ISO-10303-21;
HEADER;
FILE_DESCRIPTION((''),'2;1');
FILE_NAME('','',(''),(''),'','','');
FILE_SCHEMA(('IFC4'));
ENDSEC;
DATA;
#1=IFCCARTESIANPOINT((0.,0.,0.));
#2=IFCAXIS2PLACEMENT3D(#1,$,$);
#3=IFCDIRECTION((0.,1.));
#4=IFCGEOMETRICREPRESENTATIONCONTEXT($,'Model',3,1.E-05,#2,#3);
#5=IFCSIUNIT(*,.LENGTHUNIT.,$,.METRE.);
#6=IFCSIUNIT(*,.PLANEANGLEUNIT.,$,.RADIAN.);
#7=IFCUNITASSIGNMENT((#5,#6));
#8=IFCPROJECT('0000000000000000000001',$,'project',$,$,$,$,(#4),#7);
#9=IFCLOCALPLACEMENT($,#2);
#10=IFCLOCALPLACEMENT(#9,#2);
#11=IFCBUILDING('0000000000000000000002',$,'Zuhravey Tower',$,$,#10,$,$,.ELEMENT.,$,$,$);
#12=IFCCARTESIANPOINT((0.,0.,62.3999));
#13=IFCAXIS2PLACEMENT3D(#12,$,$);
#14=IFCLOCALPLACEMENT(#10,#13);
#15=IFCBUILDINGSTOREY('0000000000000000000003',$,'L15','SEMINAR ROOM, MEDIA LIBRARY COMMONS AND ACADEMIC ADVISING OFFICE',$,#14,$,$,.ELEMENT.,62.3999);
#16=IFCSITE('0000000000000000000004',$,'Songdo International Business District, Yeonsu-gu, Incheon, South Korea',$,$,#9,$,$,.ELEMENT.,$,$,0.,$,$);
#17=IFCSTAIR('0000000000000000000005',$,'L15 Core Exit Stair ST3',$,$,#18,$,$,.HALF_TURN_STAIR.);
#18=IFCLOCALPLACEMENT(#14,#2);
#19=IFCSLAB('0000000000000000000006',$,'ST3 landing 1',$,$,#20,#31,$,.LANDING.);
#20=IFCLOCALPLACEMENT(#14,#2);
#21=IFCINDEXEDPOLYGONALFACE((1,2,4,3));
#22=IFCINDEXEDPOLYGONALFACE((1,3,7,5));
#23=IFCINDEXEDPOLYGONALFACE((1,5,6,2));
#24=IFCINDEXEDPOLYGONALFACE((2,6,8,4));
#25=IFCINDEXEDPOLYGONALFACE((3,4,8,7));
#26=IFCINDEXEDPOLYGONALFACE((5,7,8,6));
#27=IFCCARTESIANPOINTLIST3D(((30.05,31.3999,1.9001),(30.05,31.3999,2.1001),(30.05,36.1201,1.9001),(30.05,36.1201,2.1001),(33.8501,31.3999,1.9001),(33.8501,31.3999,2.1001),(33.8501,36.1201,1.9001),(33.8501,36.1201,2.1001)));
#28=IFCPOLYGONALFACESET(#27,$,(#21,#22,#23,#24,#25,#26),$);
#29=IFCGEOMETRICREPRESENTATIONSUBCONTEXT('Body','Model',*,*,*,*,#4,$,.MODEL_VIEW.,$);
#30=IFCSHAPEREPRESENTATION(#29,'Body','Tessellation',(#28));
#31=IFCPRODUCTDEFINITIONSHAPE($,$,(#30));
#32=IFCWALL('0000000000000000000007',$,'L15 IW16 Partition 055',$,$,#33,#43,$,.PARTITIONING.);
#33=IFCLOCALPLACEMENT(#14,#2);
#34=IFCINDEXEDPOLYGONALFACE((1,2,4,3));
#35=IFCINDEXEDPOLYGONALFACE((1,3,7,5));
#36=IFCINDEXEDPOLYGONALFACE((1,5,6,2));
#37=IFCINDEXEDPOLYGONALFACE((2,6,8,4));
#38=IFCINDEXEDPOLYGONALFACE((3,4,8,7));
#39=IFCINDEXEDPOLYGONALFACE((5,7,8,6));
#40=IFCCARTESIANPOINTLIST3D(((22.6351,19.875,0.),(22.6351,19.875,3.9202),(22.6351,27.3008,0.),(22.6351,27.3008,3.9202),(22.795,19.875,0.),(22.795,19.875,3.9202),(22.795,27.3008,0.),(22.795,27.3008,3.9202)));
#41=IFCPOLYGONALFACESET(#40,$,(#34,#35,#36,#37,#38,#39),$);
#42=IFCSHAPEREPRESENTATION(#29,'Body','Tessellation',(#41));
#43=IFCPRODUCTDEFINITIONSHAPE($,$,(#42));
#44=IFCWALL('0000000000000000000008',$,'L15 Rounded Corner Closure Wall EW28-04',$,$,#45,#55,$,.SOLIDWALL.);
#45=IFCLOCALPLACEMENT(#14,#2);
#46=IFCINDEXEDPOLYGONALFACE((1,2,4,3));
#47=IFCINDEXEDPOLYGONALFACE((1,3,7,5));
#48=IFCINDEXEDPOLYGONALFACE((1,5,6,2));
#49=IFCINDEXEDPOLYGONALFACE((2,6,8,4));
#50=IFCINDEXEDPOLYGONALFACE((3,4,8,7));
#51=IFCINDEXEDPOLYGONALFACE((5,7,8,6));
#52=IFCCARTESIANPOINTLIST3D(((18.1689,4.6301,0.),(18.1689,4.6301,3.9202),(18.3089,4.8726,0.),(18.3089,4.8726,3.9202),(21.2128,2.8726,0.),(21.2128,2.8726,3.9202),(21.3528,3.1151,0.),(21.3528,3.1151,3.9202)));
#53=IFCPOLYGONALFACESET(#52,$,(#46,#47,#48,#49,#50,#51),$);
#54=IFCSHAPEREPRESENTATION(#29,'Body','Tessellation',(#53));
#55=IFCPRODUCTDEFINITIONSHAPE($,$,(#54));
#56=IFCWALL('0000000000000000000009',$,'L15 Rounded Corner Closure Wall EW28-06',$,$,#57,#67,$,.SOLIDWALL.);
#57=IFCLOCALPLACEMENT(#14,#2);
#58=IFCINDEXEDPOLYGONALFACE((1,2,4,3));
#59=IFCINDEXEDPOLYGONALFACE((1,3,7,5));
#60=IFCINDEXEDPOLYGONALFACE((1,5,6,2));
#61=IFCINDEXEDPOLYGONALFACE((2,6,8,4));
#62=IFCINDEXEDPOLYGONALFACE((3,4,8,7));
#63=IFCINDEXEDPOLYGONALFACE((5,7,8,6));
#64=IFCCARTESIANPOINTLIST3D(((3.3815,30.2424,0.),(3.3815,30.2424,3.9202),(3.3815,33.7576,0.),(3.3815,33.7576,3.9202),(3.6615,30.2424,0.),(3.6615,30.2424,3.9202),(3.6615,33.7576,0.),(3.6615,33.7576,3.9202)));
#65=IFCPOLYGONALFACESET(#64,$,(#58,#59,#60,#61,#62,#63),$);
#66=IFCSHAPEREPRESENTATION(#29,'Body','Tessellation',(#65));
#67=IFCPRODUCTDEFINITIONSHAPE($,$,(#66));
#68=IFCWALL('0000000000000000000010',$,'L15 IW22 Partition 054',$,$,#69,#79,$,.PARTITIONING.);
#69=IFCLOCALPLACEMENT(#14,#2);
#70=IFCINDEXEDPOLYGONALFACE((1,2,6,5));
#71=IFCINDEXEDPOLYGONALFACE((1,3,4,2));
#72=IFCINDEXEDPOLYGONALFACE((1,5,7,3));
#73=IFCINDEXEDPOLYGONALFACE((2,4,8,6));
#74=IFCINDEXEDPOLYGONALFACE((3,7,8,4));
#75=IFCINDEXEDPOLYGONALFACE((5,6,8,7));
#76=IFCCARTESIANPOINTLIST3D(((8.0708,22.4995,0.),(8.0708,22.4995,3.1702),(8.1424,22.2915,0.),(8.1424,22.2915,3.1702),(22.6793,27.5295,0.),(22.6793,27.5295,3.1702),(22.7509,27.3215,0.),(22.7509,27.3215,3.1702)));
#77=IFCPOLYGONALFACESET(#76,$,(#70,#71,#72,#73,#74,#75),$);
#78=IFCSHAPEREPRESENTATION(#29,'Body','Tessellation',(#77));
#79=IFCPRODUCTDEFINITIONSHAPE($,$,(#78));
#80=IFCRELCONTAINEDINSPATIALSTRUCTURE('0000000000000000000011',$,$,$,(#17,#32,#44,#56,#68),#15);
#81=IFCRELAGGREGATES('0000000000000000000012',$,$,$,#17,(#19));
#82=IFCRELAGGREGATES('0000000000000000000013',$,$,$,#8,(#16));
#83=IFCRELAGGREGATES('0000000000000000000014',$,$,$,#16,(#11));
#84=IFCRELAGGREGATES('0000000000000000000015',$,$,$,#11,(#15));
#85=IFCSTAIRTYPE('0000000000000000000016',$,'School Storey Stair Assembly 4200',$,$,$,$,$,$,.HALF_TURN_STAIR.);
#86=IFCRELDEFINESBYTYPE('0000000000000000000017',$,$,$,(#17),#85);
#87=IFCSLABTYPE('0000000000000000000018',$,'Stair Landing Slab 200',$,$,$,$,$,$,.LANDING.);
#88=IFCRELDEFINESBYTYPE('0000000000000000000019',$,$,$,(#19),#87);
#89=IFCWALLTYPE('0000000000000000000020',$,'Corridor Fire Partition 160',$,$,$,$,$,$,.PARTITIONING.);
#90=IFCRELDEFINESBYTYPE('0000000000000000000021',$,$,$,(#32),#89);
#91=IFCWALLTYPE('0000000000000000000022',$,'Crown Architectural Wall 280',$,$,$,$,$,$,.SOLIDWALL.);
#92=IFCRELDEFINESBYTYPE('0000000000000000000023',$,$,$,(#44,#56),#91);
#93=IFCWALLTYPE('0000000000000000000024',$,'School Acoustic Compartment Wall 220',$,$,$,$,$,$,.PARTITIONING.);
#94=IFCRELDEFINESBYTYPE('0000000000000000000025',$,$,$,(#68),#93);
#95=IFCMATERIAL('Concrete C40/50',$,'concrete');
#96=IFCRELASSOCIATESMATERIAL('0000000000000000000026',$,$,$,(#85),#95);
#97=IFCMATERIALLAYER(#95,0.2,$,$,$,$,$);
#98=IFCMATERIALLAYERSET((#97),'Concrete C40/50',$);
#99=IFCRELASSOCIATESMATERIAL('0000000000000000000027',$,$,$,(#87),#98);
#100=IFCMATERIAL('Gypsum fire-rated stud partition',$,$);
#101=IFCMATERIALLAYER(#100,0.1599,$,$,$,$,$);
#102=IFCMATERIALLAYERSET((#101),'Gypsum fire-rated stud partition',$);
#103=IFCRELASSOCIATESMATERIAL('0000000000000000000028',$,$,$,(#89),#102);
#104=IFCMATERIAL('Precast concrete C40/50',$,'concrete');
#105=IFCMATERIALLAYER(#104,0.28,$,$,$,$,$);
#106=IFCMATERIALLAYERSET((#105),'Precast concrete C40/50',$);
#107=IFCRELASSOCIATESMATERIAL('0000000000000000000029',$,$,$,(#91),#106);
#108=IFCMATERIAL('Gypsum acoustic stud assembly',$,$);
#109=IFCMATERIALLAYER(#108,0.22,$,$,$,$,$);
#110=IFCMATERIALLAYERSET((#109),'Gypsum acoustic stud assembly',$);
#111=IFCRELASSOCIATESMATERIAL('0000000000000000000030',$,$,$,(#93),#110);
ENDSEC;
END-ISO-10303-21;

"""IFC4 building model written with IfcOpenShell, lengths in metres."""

from ifc_helpers import new_model, si_unit, direction, frame, frame_2d, origin, place, context, subcontext, project, spatial, polyline, rectangle, outline, extrude, material, layer, layer_set, type_object, element, aggregate, save


model = new_model("IFC4")

# Units and contexts
model_context = context("Model", 3, precision=1e-05, world=origin(), true_north=direction((0.0, 1.0)))
body_context = subcontext(model_context, "Body", "Model", "MODEL_VIEW")
ifc_project = project(units=[si_unit("LENGTHUNIT", "METRE"), si_unit("PLANEANGLEUNIT", "RADIAN")], contexts=[model_context])

# Site, building, storey
site_placement = place(None, origin())
site = spatial("IfcSite", under=ifc_project, at=site_placement, Name="Songdo International Business District, Yeonsu-gu, Incheon, South Korea", CompositionType="ELEMENT", RefElevation=0.0)
building_placement = place(site_placement, origin())
building = spatial("IfcBuilding", under=site, at=building_placement, Name="Zuhravey Tower", CompositionType="ELEMENT")
storey_placement = place(building_placement, frame((0.0, 0.0, 62.3999)))
storey = spatial("IfcBuildingStorey", under=building, at=storey_placement, Name="L15", Description="SEMINAR ROOM, MEDIA LIBRARY COMMONS AND ACADEMIC ADVISING OFFICE", CompositionType="ELEMENT", Elevation=62.3999)

# Stair, slab
ifc_material_1 = material(Name="Concrete C40/50", Category="concrete")
stair_type = type_object("IfcStairType", Name="School Storey Stair Assembly 4200", PredefinedType="HALF_TURN_STAIR", material=ifc_material_1)
ifc_layer_1 = layer(ifc_material_1, 0.2)
ifc_layer_set_1 = layer_set([ifc_layer_1], Name="Concrete C40/50")
slab_type_1 = type_object("IfcSlabType", Name="Stair Landing Slab 200", PredefinedType="LANDING", material=ifc_layer_set_1)
stair_1_placement = place(storey_placement, origin())
stair_1 = element("IfcStair", 1, at=stair_1_placement, inside=storey, type_object=stair_type, Name="L15 Core Exit Stair ST3", PredefinedType="HALF_TURN_STAIR")
slab_1_placement = place(storey_placement, frame((0.0, 0.0, 1.9001)))
slab_1 = element("IfcSlab", 2, at=slab_1_placement, type_object=slab_type_1, Name="ST3 landing 1", PredefinedType="LANDING", context=body_context, shape_type="SweptSolid", body=[
    extrude(outline(polyline([(30.05, 36.1201), (30.05, 31.3999), (33.8501, 31.3999), (33.8501, 36.1201), (30.05, 36.1201)])), origin(), (0.0, 0.0, 1.0), 0.2),
])
aggregate(stair_1, [slab_1])

# Walls
ifc_material_2 = material(Name="Gypsum fire-rated stud partition")
ifc_layer_2 = layer(ifc_material_2, 0.1599)
ifc_layer_set_2 = layer_set([ifc_layer_2], Name="Gypsum fire-rated stud partition")
wall_type_1 = type_object("IfcWallType", Name="Corridor Fire Partition 160", PredefinedType="PARTITIONING", material=ifc_layer_set_2)
wall_1_placement = place(storey_placement, frame((22.7151, 27.3008, 0.0), z_axis=(0.0, 0.0, 1.0), x_axis=(0.0, -1.0, 0.0)))
element("IfcWall", 3, at=wall_1_placement, inside=storey, type_object=wall_type_1, Name="L15 IW16 Partition 055", PredefinedType="PARTITIONING", context=body_context, shape_type="SweptSolid", body=[
    extrude(rectangle(XDim=7.4258, YDim=0.1599, at=frame_2d((3.7129, 0.0))), origin(), (0.0, 0.0, 1.0), 3.9202),
])
ifc_material_3 = material(Name="Precast concrete C40/50", Category="concrete")
ifc_layer_3 = layer(ifc_material_3, 0.28)
ifc_layer_set_3 = layer_set([ifc_layer_3], Name="Precast concrete C40/50")
wall_type_2 = type_object("IfcWallType", Name="Crown Architectural Wall 280", PredefinedType="SOLIDWALL", material=ifc_layer_set_3)
wall_2_placement = place(storey_placement, frame((21.2827, 2.9939, 0.0), z_axis=(0.0, 0.0, 1.0), x_axis=(-0.866007, 0.500031, 0.0)))
element("IfcWall", 4, at=wall_2_placement, inside=storey, type_object=wall_type_2, Name="L15 Rounded Corner Closure Wall EW28-04", PredefinedType="SOLIDWALL", context=body_context, shape_type="SweptSolid", body=[
    extrude(rectangle(XDim=3.5149, YDim=0.28, at=frame_2d((1.7573, 0.0))), origin(), (0.0, 0.0, 1.0), 3.9202),
])
wall_3_placement = place(storey_placement, frame((3.5215, 30.2424, 0.0), z_axis=(0.0, 0.0, 1.0), x_axis=(0.0, 1.0, 0.0)))
element("IfcWall", 5, at=wall_3_placement, inside=storey, type_object=wall_type_2, Name="L15 Rounded Corner Closure Wall EW28-06", PredefinedType="SOLIDWALL", context=body_context, shape_type="SweptSolid", body=[
    extrude(rectangle(XDim=3.5151, YDim=0.28, at=frame_2d((1.7576, 0.0))), origin(), (0.0, 0.0, 1.0), 3.9202),
])
ifc_material_4 = material(Name="Gypsum acoustic stud assembly")
ifc_layer_4 = layer(ifc_material_4, 0.22)
ifc_layer_set_4 = layer_set([ifc_layer_4], Name="Gypsum acoustic stud assembly")
wall_type_3 = type_object("IfcWallType", Name="School Acoustic Compartment Wall 220", PredefinedType="PARTITIONING", material=ifc_layer_set_4)
wall_4_placement = place(storey_placement, frame((22.7151, 27.4255, 0.0), z_axis=(0.0, 0.0, 1.0), x_axis=(-0.945519, -0.325566, 0.0)))
element("IfcWall", 6, at=wall_4_placement, inside=storey, type_object=wall_type_3, Name="L15 IW22 Partition 054", PredefinedType="PARTITIONING", context=body_context, shape_type="SweptSolid", body=[
    extrude(rectangle(XDim=15.4502, YDim=0.22, at=frame_2d((7.7251, 0.0))), origin(), (0.0, 0.0, 1.0), 3.1702),
])

save(model, "model.ifc")
